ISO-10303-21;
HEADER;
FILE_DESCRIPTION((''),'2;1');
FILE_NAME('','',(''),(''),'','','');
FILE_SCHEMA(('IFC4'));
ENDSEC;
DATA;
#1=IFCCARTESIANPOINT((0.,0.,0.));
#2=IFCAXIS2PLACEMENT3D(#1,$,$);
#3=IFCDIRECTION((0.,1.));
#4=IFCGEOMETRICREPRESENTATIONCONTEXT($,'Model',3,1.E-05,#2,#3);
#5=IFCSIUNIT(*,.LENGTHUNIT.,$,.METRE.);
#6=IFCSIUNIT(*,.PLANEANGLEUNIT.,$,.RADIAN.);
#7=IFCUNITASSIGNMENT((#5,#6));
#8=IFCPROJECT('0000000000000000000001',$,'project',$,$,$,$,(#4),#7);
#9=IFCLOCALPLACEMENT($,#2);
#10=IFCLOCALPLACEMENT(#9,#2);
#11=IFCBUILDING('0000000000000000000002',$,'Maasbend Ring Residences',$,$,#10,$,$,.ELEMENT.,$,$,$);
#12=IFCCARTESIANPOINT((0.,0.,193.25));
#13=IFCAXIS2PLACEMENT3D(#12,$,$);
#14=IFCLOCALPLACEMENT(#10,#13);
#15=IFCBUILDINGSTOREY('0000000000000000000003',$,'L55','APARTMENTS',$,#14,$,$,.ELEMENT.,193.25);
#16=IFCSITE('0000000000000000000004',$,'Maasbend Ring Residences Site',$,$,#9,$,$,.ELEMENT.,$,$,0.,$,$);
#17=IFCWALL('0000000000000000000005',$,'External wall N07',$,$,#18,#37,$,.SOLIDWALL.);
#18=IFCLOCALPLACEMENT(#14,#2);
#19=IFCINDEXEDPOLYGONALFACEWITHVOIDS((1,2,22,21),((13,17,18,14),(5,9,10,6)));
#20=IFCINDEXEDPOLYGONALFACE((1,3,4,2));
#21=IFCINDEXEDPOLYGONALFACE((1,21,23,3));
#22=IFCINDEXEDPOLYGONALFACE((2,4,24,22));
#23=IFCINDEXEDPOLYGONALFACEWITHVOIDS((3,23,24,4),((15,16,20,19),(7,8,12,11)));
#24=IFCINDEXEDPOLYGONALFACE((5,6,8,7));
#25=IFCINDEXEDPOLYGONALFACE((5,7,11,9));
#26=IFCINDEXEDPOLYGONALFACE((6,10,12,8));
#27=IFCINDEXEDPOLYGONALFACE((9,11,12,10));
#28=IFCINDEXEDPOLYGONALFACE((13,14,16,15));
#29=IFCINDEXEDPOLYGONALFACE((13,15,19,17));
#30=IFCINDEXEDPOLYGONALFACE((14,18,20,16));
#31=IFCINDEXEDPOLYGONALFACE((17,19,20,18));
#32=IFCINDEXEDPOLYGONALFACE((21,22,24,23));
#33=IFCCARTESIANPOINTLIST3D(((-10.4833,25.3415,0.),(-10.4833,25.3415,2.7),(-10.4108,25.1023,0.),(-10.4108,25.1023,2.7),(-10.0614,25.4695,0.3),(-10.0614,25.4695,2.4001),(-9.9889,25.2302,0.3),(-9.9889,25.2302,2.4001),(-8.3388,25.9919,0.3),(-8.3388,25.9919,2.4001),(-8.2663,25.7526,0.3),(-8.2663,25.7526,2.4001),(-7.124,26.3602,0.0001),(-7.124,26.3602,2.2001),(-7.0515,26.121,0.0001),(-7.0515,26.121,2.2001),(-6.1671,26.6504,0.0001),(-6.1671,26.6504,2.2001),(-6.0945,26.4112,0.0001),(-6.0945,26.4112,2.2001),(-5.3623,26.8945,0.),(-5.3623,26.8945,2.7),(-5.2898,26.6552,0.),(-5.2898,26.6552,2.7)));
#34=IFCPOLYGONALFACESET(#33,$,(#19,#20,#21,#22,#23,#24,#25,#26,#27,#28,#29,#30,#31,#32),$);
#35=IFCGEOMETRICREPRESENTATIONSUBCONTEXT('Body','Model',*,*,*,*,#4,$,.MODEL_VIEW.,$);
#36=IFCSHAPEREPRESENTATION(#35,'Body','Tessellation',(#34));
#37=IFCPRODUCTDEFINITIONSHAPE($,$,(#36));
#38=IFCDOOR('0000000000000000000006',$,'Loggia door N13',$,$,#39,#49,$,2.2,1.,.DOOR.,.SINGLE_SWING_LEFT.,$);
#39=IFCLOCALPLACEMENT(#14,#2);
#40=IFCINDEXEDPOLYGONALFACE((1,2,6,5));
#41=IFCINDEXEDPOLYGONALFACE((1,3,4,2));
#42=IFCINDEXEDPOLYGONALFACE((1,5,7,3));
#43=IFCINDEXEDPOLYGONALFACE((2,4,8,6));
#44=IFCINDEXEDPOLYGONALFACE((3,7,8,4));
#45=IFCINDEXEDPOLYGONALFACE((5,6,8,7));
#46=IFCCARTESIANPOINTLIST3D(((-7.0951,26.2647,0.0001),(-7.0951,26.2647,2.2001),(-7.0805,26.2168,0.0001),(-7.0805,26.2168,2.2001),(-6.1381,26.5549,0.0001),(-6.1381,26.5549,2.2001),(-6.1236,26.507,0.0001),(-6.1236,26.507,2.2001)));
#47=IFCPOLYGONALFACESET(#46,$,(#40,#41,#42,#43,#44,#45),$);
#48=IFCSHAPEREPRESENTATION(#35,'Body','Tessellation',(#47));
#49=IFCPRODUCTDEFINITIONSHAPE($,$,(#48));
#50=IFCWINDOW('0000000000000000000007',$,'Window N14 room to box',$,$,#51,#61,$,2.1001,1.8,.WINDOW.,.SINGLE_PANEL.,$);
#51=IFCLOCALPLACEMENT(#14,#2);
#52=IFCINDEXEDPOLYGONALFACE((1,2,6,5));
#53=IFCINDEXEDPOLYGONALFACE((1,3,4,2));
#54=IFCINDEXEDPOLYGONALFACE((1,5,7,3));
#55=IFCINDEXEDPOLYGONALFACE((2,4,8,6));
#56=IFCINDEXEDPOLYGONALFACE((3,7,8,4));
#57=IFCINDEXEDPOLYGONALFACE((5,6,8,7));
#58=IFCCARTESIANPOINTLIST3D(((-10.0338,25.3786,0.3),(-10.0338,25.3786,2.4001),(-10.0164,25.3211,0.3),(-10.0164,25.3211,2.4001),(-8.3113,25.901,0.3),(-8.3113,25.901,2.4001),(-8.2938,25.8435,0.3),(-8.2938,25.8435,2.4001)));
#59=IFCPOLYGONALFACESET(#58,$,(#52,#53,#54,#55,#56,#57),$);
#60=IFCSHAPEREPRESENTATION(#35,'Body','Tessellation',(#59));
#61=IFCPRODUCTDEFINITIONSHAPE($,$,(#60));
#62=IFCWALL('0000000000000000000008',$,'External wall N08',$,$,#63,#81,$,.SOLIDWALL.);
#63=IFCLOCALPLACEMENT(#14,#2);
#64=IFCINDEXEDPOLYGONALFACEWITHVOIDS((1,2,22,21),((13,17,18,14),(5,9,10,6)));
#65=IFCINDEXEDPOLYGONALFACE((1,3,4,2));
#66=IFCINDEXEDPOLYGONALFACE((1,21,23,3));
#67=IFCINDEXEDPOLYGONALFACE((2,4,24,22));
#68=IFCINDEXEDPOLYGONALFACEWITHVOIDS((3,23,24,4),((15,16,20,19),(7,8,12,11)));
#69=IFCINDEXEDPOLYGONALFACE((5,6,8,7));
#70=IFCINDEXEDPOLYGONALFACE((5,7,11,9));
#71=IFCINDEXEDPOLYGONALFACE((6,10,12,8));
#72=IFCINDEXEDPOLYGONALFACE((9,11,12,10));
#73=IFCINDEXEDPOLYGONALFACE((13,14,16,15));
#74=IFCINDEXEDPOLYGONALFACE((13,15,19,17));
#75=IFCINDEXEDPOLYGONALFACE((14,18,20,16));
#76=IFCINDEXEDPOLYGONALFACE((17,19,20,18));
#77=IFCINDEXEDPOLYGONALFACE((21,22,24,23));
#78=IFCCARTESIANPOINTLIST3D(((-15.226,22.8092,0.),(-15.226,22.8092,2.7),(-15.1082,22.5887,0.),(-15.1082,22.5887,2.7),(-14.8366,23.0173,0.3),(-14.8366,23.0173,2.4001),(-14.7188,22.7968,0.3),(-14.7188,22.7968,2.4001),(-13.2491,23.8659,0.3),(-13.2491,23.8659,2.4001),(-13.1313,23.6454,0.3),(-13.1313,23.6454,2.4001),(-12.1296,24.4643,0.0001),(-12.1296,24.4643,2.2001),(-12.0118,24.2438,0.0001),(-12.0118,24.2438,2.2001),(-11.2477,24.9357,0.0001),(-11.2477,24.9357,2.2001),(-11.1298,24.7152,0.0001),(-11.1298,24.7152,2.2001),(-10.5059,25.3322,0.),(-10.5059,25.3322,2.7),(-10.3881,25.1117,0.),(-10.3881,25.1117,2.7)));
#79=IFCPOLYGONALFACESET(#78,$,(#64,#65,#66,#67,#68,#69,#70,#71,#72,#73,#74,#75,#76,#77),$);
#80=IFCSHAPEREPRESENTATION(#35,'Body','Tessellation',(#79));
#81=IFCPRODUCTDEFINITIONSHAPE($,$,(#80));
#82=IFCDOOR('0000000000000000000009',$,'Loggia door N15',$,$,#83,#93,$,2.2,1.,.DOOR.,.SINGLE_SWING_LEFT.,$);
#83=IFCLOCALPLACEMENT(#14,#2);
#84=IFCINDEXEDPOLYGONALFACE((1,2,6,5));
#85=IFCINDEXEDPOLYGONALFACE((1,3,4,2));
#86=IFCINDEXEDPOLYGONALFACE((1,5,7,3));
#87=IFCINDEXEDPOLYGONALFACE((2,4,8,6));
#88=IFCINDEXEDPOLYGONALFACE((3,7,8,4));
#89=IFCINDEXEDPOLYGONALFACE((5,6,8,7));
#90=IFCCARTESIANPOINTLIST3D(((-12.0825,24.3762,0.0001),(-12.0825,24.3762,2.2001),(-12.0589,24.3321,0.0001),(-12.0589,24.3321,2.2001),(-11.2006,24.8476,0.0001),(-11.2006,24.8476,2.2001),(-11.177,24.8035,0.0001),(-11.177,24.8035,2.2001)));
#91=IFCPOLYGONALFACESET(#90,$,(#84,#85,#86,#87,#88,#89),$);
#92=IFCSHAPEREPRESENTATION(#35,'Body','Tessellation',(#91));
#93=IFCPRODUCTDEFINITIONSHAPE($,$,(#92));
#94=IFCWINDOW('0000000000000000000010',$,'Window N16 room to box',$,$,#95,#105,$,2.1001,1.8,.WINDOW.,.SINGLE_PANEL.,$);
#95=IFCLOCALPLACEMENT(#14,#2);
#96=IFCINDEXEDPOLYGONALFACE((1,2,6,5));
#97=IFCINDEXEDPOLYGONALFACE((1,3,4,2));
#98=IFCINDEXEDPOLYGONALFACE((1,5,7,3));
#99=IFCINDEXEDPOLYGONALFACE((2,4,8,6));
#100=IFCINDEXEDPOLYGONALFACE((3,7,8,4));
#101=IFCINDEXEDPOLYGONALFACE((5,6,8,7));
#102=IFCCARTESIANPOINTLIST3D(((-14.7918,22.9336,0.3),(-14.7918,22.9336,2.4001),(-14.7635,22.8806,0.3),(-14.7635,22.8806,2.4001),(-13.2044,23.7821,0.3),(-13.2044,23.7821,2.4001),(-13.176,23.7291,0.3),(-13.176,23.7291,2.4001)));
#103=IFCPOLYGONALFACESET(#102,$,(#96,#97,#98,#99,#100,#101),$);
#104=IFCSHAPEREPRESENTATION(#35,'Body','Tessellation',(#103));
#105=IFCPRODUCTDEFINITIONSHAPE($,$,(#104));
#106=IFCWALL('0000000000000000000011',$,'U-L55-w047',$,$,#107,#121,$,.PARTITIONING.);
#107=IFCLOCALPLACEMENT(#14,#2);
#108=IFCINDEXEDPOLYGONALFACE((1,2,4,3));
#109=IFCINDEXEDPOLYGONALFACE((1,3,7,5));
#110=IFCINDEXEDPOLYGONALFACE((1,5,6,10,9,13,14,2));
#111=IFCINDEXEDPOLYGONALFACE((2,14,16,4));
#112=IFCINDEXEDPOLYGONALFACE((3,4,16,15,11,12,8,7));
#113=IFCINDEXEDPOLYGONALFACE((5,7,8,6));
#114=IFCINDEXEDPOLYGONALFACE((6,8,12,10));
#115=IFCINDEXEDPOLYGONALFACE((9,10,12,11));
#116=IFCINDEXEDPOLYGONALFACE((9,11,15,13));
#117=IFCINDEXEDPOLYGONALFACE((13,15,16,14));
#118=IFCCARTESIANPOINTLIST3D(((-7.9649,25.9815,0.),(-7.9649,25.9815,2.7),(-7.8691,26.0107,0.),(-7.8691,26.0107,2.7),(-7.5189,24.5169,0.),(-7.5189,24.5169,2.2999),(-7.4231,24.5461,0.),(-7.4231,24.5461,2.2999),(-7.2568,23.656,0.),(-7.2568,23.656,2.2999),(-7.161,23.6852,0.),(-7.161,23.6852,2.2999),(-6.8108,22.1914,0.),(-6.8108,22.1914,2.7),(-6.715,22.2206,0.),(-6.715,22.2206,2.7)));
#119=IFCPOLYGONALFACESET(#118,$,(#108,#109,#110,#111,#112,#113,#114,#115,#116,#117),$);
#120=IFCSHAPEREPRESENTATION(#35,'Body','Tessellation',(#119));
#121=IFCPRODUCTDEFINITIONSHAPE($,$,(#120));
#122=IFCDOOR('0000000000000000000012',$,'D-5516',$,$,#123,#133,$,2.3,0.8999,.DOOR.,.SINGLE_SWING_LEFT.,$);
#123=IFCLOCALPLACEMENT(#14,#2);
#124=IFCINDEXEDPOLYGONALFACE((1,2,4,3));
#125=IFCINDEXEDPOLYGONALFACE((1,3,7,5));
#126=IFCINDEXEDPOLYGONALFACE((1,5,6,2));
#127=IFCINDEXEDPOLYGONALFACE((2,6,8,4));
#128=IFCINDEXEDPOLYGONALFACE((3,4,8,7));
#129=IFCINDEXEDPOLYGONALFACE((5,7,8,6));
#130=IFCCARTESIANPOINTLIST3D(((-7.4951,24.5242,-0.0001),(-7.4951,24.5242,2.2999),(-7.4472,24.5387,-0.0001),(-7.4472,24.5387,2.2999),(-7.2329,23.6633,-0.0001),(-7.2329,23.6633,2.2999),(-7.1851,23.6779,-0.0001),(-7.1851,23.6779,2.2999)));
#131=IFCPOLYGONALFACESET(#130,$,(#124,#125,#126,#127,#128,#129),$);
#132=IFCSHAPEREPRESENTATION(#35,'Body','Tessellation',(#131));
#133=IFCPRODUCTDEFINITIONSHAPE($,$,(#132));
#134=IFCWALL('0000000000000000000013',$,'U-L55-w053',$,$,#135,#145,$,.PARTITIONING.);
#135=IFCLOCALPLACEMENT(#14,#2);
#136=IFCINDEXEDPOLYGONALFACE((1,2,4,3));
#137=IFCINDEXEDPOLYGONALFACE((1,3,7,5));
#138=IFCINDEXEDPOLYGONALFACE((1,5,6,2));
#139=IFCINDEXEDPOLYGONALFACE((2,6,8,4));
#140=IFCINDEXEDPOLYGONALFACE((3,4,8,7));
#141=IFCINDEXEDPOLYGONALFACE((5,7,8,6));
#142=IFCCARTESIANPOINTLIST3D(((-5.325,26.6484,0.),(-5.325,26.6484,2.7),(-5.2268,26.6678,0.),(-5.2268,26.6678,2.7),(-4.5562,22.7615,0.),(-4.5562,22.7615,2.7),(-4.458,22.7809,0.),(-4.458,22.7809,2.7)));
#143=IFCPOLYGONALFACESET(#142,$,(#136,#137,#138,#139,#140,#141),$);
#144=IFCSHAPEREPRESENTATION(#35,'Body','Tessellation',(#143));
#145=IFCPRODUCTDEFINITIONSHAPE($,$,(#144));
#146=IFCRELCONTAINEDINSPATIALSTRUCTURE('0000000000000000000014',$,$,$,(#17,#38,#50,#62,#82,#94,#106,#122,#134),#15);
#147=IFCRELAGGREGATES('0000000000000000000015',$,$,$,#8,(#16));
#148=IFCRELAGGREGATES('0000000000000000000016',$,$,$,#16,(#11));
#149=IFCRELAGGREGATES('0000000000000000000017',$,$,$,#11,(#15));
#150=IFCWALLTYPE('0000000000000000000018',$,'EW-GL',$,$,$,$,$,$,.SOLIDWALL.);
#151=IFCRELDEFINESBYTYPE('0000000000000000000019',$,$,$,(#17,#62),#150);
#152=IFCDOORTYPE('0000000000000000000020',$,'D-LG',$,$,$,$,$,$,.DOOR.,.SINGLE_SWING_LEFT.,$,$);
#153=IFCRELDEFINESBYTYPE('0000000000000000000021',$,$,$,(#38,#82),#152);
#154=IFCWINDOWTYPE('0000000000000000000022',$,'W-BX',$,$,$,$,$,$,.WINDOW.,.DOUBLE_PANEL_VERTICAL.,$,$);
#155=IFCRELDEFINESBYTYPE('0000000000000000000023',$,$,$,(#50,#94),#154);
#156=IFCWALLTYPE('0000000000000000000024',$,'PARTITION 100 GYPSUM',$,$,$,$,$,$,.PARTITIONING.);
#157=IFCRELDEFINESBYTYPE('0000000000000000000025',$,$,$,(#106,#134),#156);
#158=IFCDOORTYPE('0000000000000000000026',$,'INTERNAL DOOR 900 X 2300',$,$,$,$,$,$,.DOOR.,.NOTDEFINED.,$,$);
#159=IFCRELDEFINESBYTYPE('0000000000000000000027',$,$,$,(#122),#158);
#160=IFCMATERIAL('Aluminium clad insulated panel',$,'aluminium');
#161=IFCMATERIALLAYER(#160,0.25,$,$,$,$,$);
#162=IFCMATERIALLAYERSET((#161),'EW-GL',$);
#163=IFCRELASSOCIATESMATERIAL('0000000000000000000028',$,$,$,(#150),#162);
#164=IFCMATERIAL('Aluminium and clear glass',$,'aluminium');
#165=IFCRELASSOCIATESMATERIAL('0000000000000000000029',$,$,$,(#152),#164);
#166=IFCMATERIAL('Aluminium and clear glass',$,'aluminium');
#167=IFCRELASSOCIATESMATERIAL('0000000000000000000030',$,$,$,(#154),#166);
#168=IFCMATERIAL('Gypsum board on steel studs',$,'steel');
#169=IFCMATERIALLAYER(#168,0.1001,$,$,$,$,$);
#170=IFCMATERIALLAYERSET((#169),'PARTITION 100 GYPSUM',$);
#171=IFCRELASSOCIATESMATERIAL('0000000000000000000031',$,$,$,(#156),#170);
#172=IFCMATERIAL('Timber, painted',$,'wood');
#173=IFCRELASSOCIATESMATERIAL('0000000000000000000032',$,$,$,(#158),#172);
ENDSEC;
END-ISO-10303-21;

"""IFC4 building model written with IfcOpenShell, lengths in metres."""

from ifc_helpers import new_model, si_unit, direction, frame, frame_2d, origin, place, context, subcontext, project, spatial, rectangle, extrude, material, layer, layer_set, type_object, element, fill, save


model = new_model("IFC4")

# Units and contexts
model_context = context("Model", 3, precision=1e-05, world=origin(), true_north=direction((0.0, 1.0)))
body_context = subcontext(model_context, "Body", "Model", "MODEL_VIEW")
ifc_project = project(units=[si_unit("LENGTHUNIT", "METRE"), si_unit("PLANEANGLEUNIT", "RADIAN")], contexts=[model_context])

# Site, building, storey
site_placement = place(None, origin())
site = spatial("IfcSite", under=ifc_project, at=site_placement, Name="Maasbend Ring Residences Site", CompositionType="ELEMENT", RefElevation=0.0)
building_placement = place(site_placement, origin())
building = spatial("IfcBuilding", under=site, at=building_placement, Name="Maasbend Ring Residences", CompositionType="ELEMENT")
storey_placement = place(building_placement, frame((0.0, 0.0, 193.25)))
storey = spatial("IfcBuildingStorey", under=building, at=storey_placement, Name="L55", Description="APARTMENTS", CompositionType="ELEMENT", Elevation=193.25)

# Walls, openings, doors, windows
ifc_material_1 = material(Name="Aluminium clad insulated panel", Category="aluminium")
ifc_layer_1 = layer(ifc_material_1, 0.25)
ifc_layer_set_1 = layer_set([ifc_layer_1], Name="EW-GL")
wall_type_1 = type_object("IfcWallType", Name="EW-GL", PredefinedType="SOLIDWALL", material=ifc_layer_set_1)
wall_1_placement = place(storey_placement, frame((-5.3259, 26.7749, 0.0), z_axis=(0.0, 0.0, 1.0), x_axis=(-0.956966, -0.290201, 0.0)))
wall_1 = element("IfcWall", 1, at=wall_1_placement, inside=storey, type_object=wall_type_1, Name="External wall N07", PredefinedType="SOLIDWALL", context=body_context, shape_type="SweptSolid", body=[
    extrude(rectangle(XDim=5.3513, YDim=0.25, at=frame_2d((2.6758, 0.0))), origin(), (0.0, 0.0, 1.0), 2.7),
])
opening_1_placement = place(wall_1_placement, frame((0.8411, 0.0, 0.0)))
opening_1 = element("IfcOpeningElement", 2, at=opening_1_placement, cuts=wall_1, PredefinedType="OPENING", context=body_context, shape_type="SweptSolid", body=[
    extrude(rectangle(XDim=1.0, YDim=2.2, at=frame_2d((0.5, 1.1001))), frame((0.0, 0.135, 0.0), z_axis=(0.0, -1.0, 0.0), x_axis=(1.0, 0.0, 0.0)), (0.0, 0.0, 1.0), 0.27),
])
opening_2_placement = place(wall_1_placement, frame((3.1106, 0.0, 0.3)))
opening_2 = element("IfcOpeningElement", 3, at=opening_2_placement, cuts=wall_1, PredefinedType="OPENING", context=body_context, shape_type="SweptSolid", body=[
    extrude(rectangle(XDim=1.8, YDim=2.1001, at=frame_2d((0.8999, 1.05))), frame((0.0, 0.135, 0.0), z_axis=(0.0, -1.0, 0.0), x_axis=(1.0, 0.0, 0.0)), (0.0, 0.0, 1.0), 0.27),
])
ifc_material_2 = material(Name="Aluminium and clear glass", Category="aluminium")
door_type_1 = type_object("IfcDoorType", Name="D-LG", OperationType="SINGLE_SWING_LEFT", PredefinedType="DOOR", material=ifc_material_2)
door_1_placement = place(opening_1_placement, origin())
door_1 = element("IfcDoor", 4, at=door_1_placement, inside=storey, type_object=door_type_1, Name="Loggia door N13", OperationType="SINGLE_SWING_LEFT", OverallHeight=2.2, OverallWidth=1.0, PredefinedType="DOOR", context=body_context, shape_type="SweptSolid", body=[
    extrude(rectangle(XDim=1.0, YDim=2.2, at=frame_2d((0.5, 1.1001))), frame((0.0, 0.0249, 0.0), z_axis=(0.0, -1.0, 0.0), x_axis=(1.0, 0.0, 0.0)), (0.0, 0.0, 1.0), 0.05),
])
fill(opening_1, door_1)
ifc_material_3 = material(Name="Aluminium and clear glass", Category="aluminium")
window_type_1 = type_object("IfcWindowType", Name="W-BX", PartitioningType="DOUBLE_PANEL_VERTICAL", PredefinedType="WINDOW", material=ifc_material_3)
window_1_placement = place(opening_2_placement, origin())
window_1 = element("IfcWindow", 5, at=window_1_placement, inside=storey, type_object=window_type_1, Name="Window N14 room to box", OverallHeight=2.1001, OverallWidth=1.8, PartitioningType="SINGLE_PANEL", PredefinedType="WINDOW", context=body_context, shape_type="SweptSolid", body=[
    extrude(rectangle(XDim=1.8, YDim=2.1001, at=frame_2d((0.8999, 1.05))), frame((0.0, 0.03, 0.0), z_axis=(0.0, -1.0, 0.0), x_axis=(1.0, 0.0, 0.0)), (0.0, 0.0, 1.0), 0.0601),
])
fill(opening_2, window_1)
wall_2_placement = place(storey_placement, frame((-10.447, 25.2219, 0.0), z_axis=(0.0, 0.0, 1.0), x_axis=(-0.881916, -0.471407, 0.0)))
wall_2 = element("IfcWall", 6, at=wall_2_placement, inside=storey, type_object=wall_type_1, Name="External wall N08", PredefinedType="SOLIDWALL", context=body_context, shape_type="SweptSolid", body=[
    extrude(rectangle(XDim=5.3521, YDim=0.25, at=frame_2d((2.676, 0.0))), origin(), (0.0, 0.0, 1.0), 2.7),
])
opening_3_placement = place(wall_2_placement, frame((0.8411, 0.0, 0.0)))
opening_3 = element("IfcOpeningElement", 7, at=opening_3_placement, cuts=wall_2, PredefinedType="OPENING", context=body_context, shape_type="SweptSolid", body=[
    extrude(rectangle(XDim=1.0, YDim=2.2, at=frame_2d((0.5, 1.1001))), frame((0.0, 0.135, 0.0), z_axis=(0.0, -1.0, 0.0), x_axis=(1.0, 0.0, 0.0)), (0.0, 0.0, 1.0), 0.27),
])
opening_4_placement = place(wall_2_placement, frame((3.1106, 0.0, 0.3)))
opening_4 = element("IfcOpeningElement", 8, at=opening_4_placement, cuts=wall_2, PredefinedType="OPENING", context=body_context, shape_type="SweptSolid", body=[
    extrude(rectangle(XDim=1.8, YDim=2.1001, at=frame_2d((0.8999, 1.05))), frame((0.0, 0.135, 0.0), z_axis=(0.0, -1.0, 0.0), x_axis=(1.0, 0.0, 0.0)), (0.0, 0.0, 1.0), 0.27),
])
door_2_placement = place(opening_3_placement, origin())
door_2 = element("IfcDoor", 9, at=door_2_placement, inside=storey, type_object=door_type_1, Name="Loggia door N15", OperationType="SINGLE_SWING_LEFT", OverallHeight=2.2, OverallWidth=1.0, PredefinedType="DOOR", context=body_context, shape_type="SweptSolid", body=[
    extrude(rectangle(XDim=1.0, YDim=2.2, at=frame_2d((0.5, 1.1001))), frame((0.0, 0.0249, 0.0), z_axis=(0.0, -1.0, 0.0), x_axis=(1.0, 0.0, 0.0)), (0.0, 0.0, 1.0), 0.05),
])
fill(opening_3, door_2)
window_2_placement = place(opening_4_placement, origin())
window_2 = element("IfcWindow", 10, at=window_2_placement, inside=storey, type_object=window_type_1, Name="Window N16 room to box", OverallHeight=2.1001, OverallWidth=1.8, PartitioningType="SINGLE_PANEL", PredefinedType="WINDOW", context=body_context, shape_type="SweptSolid", body=[
    extrude(rectangle(XDim=1.8, YDim=2.1001, at=frame_2d((0.8999, 1.05))), frame((0.0, 0.03, 0.0), z_axis=(0.0, -1.0, 0.0), x_axis=(1.0, 0.0, 0.0)), (0.0, 0.0, 1.0), 0.0601),
])
fill(opening_4, window_2)

# Wall, opening, door
ifc_material_4 = material(Name="Gypsum board on steel studs", Category="steel")
ifc_layer_2 = layer(ifc_material_4, 0.1001)
ifc_layer_set_2 = layer_set([ifc_layer_2], Name="PARTITION 100 GYPSUM")
wall_type_2 = type_object("IfcWallType", Name="PARTITION 100 GYPSUM", PredefinedType="PARTITIONING", material=ifc_layer_set_2)
wall_3_placement = place(storey_placement, frame((-7.917, 25.9961, 0.0), z_axis=(0.0, 0.0, 1.0), x_axis=(0.291292, -0.956634, 0.0)))
wall_3 = element("IfcWall", 11, at=wall_3_placement, inside=storey, type_object=wall_type_2, Name="U-L55-w047", PredefinedType="PARTITIONING", context=body_context, shape_type="SweptSolid", body=[
    extrude(rectangle(XDim=3.9619, YDim=0.1001, at=frame_2d((1.981, 0.0))), origin(), (0.0, 0.0, 1.0), 2.7),
])
opening_5_placement = place(wall_3_placement, frame((1.531, 0.0, 0.0)))
opening_5 = element("IfcOpeningElement", 12, at=opening_5_placement, cuts=wall_3, PredefinedType="OPENING", context=body_context, shape_type="SweptSolid", body=[
    extrude(rectangle(XDim=0.8999, YDim=2.3, at=frame_2d((0.45, 1.1499))), frame((0.0, 0.0601, 0.0), z_axis=(0.0, -1.0, 0.0), x_axis=(1.0, 0.0, 0.0)), (0.0, 0.0, 1.0), 0.1201),
])
ifc_material_5 = material(Name="Timber, painted", Category="wood")
door_type_2 = type_object("IfcDoorType", Name="INTERNAL DOOR 900 X 2300", OperationType="NOTDEFINED", PredefinedType="DOOR", material=ifc_material_5)
door_3_placement = place(opening_5_placement, origin())
door_3 = element("IfcDoor", 13, at=door_3_placement, inside=storey, type_object=door_type_2, Name="D-5516", OperationType="SINGLE_SWING_LEFT", OverallHeight=2.3, OverallWidth=0.8999, PredefinedType="DOOR", context=body_context, shape_type="SweptSolid", body=[
    extrude(rectangle(XDim=0.8999, YDim=2.3, at=frame_2d((0.45, 1.1499))), frame((0.0, 0.0249, 0.0), z_axis=(0.0, -1.0, 0.0), x_axis=(1.0, 0.0, 0.0)), (0.0, 0.0, 1.0), 0.05),
])
fill(opening_5, door_3)

# Wall
wall_4_placement = place(storey_placement, frame((-5.2759, 26.658, 0.0), z_axis=(0.0, 0.0, 1.0), x_axis=(0.19403, -0.980996, 0.0)))
element("IfcWall", 14, at=wall_4_placement, inside=storey, type_object=wall_type_2, Name="U-L55-w053", PredefinedType="PARTITIONING", context=body_context, shape_type="SweptSolid", body=[
    extrude(rectangle(XDim=3.9622, YDim=0.1001, at=frame_2d((1.981, 0.0))), origin(), (0.0, 0.0, 1.0), 2.7),
])

save(model, "model.ifc")
